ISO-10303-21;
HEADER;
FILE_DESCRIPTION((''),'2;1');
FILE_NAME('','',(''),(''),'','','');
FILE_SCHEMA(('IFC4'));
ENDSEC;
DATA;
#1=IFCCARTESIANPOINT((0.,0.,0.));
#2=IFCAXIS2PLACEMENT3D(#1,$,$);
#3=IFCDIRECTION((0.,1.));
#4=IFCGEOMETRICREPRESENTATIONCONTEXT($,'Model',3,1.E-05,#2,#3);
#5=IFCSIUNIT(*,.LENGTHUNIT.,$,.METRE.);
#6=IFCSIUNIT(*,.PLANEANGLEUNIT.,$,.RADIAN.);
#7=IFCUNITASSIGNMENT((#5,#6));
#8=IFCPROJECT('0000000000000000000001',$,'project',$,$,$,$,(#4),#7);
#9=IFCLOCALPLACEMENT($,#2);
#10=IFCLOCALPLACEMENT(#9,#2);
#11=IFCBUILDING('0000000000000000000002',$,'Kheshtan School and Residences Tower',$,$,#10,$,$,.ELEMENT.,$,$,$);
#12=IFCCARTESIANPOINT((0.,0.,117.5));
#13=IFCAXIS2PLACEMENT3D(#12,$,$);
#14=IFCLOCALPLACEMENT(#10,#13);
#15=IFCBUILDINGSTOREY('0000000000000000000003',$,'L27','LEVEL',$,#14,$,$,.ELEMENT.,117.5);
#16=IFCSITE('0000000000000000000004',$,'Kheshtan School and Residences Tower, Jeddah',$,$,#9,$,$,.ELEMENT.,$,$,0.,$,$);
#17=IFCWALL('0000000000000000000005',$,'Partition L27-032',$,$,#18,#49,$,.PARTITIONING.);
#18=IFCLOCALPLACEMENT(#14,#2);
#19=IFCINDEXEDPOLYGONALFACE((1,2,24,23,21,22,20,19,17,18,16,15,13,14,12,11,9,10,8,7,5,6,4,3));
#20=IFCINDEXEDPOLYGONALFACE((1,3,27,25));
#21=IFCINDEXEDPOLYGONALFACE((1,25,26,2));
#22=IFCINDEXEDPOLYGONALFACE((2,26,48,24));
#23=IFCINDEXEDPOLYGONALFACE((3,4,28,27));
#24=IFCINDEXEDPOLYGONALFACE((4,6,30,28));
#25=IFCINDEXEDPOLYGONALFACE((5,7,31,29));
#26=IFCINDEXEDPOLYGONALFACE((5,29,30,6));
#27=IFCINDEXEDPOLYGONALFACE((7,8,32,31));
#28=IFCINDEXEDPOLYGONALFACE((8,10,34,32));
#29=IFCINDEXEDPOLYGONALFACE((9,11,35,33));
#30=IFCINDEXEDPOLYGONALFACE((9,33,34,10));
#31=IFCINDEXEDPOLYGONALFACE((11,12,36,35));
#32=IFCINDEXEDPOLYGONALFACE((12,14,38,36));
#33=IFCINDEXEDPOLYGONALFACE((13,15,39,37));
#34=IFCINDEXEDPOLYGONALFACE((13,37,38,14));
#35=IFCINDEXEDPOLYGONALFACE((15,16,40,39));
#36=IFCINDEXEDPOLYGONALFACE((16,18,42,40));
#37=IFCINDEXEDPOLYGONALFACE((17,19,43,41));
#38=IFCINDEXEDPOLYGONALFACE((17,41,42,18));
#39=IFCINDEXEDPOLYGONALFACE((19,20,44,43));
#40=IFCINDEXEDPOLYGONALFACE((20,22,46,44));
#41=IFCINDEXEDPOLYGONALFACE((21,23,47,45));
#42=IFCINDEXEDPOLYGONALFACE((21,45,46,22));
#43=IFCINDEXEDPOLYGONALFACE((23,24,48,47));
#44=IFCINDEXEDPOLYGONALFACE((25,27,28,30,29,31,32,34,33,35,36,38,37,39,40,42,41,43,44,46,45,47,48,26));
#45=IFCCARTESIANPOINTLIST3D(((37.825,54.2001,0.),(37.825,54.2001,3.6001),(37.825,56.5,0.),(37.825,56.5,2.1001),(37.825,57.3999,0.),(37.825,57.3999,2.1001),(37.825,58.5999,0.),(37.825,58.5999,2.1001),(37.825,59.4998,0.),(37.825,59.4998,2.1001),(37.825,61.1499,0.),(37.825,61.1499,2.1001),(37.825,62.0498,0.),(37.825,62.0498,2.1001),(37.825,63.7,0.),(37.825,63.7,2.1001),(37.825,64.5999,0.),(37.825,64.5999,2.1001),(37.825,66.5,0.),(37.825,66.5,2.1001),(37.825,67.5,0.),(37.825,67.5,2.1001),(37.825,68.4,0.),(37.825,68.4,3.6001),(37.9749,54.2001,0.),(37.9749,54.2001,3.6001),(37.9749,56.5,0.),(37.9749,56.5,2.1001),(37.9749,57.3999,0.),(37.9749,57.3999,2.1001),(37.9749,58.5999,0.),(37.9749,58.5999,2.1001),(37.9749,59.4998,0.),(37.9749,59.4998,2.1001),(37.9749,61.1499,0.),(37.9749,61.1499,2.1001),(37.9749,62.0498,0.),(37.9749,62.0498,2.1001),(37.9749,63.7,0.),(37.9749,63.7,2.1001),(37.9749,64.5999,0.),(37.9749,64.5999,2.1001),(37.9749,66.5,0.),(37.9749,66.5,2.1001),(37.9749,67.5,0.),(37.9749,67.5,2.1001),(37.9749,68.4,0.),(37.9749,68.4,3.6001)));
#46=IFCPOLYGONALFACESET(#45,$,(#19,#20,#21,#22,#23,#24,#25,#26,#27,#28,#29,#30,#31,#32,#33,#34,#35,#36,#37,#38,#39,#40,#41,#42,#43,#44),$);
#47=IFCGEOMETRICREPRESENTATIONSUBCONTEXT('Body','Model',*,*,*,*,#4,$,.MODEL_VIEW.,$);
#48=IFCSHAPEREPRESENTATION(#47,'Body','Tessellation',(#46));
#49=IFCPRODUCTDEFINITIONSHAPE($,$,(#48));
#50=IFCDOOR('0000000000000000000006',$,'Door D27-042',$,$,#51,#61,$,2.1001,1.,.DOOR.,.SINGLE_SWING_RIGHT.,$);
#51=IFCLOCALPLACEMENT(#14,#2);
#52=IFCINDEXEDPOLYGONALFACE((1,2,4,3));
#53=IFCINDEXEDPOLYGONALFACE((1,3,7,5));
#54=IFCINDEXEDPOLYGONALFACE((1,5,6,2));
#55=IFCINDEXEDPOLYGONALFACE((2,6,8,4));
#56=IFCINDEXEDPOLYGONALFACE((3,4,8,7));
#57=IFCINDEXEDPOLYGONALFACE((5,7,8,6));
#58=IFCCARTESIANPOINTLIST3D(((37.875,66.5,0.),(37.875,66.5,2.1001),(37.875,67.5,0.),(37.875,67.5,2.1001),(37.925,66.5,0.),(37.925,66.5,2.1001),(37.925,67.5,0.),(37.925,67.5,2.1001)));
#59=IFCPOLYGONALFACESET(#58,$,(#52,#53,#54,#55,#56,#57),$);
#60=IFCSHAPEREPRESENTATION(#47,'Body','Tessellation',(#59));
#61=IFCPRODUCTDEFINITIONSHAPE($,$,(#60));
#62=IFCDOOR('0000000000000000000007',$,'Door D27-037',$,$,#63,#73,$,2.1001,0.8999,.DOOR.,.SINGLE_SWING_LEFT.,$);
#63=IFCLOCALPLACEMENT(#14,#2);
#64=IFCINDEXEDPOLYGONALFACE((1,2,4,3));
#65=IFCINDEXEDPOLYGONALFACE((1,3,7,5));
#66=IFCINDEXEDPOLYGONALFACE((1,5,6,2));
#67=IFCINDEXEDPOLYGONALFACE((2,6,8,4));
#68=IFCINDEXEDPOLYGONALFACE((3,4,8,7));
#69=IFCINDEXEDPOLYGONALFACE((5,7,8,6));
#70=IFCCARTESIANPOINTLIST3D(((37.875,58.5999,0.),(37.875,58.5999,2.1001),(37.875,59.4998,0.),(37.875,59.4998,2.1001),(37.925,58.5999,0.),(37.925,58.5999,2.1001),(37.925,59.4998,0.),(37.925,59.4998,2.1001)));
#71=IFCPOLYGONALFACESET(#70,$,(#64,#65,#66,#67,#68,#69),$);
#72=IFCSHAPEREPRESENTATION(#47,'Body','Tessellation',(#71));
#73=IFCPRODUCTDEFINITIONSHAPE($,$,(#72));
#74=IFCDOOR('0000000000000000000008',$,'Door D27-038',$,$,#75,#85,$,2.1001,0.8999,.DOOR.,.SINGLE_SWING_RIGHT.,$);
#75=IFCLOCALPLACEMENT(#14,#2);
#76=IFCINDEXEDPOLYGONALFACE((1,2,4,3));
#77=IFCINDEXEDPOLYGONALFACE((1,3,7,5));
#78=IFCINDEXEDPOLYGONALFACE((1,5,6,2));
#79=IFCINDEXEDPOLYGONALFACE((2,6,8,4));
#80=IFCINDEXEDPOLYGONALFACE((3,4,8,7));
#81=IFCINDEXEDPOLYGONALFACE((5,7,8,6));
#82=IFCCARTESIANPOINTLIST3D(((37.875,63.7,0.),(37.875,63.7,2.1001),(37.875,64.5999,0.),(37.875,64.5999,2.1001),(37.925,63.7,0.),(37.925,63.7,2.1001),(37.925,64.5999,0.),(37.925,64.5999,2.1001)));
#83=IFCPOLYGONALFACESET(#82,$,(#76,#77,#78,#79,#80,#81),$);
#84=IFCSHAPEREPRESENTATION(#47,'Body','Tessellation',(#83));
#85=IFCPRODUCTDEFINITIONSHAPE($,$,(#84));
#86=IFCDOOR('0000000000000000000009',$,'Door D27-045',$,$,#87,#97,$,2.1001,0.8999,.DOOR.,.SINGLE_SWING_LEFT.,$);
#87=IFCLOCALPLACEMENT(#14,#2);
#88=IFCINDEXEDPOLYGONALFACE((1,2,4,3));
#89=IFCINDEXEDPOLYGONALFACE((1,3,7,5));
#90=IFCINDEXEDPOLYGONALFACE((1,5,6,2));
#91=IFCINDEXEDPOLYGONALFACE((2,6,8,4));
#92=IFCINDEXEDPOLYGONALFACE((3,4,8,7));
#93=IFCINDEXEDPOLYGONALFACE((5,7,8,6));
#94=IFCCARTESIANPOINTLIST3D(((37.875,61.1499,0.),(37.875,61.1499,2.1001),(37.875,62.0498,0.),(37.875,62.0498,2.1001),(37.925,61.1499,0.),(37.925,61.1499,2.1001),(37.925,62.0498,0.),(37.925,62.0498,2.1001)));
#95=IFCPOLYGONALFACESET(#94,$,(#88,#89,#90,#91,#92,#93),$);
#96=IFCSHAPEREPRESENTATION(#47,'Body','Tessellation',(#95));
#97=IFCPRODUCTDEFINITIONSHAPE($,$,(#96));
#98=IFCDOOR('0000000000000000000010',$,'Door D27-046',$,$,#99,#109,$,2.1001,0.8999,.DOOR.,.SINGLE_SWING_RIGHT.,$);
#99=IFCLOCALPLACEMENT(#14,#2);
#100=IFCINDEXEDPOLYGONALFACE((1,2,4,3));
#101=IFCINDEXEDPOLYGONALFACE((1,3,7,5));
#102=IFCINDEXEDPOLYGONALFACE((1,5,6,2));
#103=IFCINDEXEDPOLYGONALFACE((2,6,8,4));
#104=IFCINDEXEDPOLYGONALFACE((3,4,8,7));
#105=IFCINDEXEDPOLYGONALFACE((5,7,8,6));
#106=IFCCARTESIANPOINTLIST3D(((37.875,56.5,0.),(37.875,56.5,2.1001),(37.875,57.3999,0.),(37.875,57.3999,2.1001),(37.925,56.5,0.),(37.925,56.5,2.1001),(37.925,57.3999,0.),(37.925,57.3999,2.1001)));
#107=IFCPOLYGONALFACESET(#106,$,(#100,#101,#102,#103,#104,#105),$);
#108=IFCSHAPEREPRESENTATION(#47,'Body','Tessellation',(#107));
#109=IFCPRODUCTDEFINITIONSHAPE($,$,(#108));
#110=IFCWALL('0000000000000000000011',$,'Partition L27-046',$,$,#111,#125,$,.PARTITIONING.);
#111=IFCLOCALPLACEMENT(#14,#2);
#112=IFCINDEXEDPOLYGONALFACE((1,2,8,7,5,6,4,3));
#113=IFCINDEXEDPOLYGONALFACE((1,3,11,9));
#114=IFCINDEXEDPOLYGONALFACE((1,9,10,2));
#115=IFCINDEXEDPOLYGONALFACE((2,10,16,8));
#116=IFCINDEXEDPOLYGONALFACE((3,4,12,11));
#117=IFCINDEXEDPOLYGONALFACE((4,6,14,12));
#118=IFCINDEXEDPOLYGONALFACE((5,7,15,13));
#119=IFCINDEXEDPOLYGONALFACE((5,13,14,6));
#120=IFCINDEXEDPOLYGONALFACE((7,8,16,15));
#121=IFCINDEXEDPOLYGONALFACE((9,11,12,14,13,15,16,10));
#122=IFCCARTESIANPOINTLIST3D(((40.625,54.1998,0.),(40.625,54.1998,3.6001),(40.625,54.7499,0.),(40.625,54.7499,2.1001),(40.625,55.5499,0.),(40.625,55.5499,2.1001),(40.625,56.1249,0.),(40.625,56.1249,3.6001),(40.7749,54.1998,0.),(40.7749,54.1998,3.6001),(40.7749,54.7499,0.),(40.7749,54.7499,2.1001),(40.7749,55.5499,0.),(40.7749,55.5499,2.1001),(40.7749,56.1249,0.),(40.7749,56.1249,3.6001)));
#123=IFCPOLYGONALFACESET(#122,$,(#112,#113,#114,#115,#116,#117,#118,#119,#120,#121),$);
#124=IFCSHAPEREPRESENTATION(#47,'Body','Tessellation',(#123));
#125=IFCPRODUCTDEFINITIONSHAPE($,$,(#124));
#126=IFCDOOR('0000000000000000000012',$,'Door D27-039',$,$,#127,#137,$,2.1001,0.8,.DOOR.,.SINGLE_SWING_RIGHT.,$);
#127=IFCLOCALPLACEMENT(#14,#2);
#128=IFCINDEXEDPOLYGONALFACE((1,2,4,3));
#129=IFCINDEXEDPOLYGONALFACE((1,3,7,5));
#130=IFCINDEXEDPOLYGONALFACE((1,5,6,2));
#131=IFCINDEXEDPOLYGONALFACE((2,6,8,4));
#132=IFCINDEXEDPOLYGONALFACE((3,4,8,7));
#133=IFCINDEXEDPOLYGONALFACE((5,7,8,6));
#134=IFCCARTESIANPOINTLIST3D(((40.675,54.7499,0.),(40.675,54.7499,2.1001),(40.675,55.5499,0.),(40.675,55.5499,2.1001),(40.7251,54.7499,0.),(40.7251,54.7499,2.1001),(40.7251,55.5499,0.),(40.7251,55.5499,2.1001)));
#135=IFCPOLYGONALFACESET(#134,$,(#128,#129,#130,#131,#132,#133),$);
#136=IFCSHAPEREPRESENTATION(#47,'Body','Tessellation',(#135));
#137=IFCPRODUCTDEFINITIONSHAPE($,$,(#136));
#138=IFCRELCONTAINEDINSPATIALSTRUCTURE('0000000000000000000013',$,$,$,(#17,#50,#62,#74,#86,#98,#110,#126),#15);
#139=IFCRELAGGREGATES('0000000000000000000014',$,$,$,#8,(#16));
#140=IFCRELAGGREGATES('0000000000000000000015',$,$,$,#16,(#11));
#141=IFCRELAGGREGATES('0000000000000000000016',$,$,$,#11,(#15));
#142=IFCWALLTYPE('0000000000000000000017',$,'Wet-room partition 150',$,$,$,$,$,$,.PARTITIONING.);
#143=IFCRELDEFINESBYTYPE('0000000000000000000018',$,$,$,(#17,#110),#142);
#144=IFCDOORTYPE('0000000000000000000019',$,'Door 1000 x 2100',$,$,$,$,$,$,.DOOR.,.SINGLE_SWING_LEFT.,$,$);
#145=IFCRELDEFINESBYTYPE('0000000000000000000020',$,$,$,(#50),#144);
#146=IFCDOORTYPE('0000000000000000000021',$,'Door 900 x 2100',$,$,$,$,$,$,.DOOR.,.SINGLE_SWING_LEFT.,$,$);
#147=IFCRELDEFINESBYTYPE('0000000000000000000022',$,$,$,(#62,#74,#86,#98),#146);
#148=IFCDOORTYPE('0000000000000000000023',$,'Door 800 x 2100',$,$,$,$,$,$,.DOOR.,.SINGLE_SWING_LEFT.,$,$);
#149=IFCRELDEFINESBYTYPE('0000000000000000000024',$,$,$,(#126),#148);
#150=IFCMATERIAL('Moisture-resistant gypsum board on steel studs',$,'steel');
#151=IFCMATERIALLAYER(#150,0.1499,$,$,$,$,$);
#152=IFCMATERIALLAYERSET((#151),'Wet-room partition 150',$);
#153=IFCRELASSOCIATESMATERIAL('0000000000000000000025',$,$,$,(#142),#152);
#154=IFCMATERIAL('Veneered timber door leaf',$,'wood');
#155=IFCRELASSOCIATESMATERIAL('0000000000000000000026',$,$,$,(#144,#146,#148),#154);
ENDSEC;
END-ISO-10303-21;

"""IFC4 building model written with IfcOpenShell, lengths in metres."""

from ifc_helpers import new_model, si_unit, direction, frame, frame_2d, origin, place, context, subcontext, project, spatial, rectangle, extrude, source, transform, mapped, material, layer, layer_set, type_object, element, fill, save


model = new_model("IFC4")

# Units and contexts
model_context = context("Model", 3, precision=1e-05, world=origin(), true_north=direction((0.0, 1.0)))
body_context = subcontext(model_context, "Body", "Model", "MODEL_VIEW")
ifc_project = project(units=[si_unit("LENGTHUNIT", "METRE"), si_unit("PLANEANGLEUNIT", "RADIAN")], contexts=[model_context])

# Site, building, storey
site_placement = place(None, origin())
site = spatial("IfcSite", under=ifc_project, at=site_placement, Name="Kheshtan School and Residences Tower, Jeddah", CompositionType="ELEMENT", RefElevation=0.0)
building_placement = place(site_placement, origin())
building = spatial("IfcBuilding", under=site, at=building_placement, Name="Kheshtan School and Residences Tower", CompositionType="ELEMENT")
storey_placement = place(building_placement, frame((0.0, 0.0, 117.5)))
storey = spatial("IfcBuildingStorey", under=building, at=storey_placement, Name="L27", Description="LEVEL", CompositionType="ELEMENT", Elevation=117.5)

# Shared definitions
ifc_material_1 = material(Name="Moisture-resistant gypsum board on steel studs", Category="steel")
ifc_layer_1 = layer(ifc_material_1, 0.1499)
ifc_layer_set_1 = layer_set([ifc_layer_1], Name="Wet-room partition 150")
wall_type_1 = type_object("IfcWallType", Name="Wet-room partition 150", PredefinedType="PARTITIONING", material=ifc_layer_set_1)

# Wall, openings, doors
wall_1_placement = place(storey_placement, frame((37.8999, 54.2, 0.0), z_axis=(0.0, 0.0, 1.0), x_axis=(0.0, 1.0, 0.0)))
wall_1 = element("IfcWall", 1, at=wall_1_placement, inside=storey, type_object=wall_type_1, Name="Partition L27-032", PredefinedType="PARTITIONING", context=body_context, shape_type="SweptSolid", body=[
    extrude(rectangle(XDim=14.2, YDim=0.1499, at=frame_2d((7.1001, 0.0))), origin(), (0.0, 0.0, 1.0), 3.6001),
])
opening_1_placement = place(wall_1_placement, frame((4.3999, 0.0, 0.0)))
opening_1 = element("IfcOpeningElement", 2, at=opening_1_placement, cuts=wall_1, PredefinedType="OPENING", context=body_context, shape_type="SweptSolid", body=[
    extrude(rectangle(XDim=0.8999, YDim=2.1001, at=frame_2d((0.45, 1.05))), frame((0.0, 0.085, 0.0), z_axis=(0.0, -1.0, 0.0), x_axis=(1.0, 0.0, 0.0)), (0.0, 0.0, 1.0), 0.1699),
])
opening_2_placement = place(wall_1_placement, frame((9.5, 0.0, 0.0)))
opening_2 = element("IfcOpeningElement", 3, at=opening_2_placement, cuts=wall_1, PredefinedType="OPENING", context=body_context, shape_type="SweptSolid", body=[
    extrude(rectangle(XDim=0.8999, YDim=2.1001, at=frame_2d((0.45, 1.05))), frame((0.0, 0.085, 0.0), z_axis=(0.0, -1.0, 0.0), x_axis=(1.0, 0.0, 0.0)), (0.0, 0.0, 1.0), 0.1699),
])
opening_3_placement = place(wall_1_placement, frame((12.3, 0.0, 0.0)))
opening_3 = element("IfcOpeningElement", 4, at=opening_3_placement, cuts=wall_1, PredefinedType="OPENING", context=body_context, shape_type="SweptSolid", body=[
    extrude(rectangle(XDim=1.0, YDim=2.1001, at=frame_2d((0.5, 1.05))), frame((0.0, 0.085, 0.0), z_axis=(0.0, -1.0, 0.0), x_axis=(1.0, 0.0, 0.0)), (0.0, 0.0, 1.0), 0.1699),
])
opening_4_placement = place(wall_1_placement, frame((6.95, 0.0, 0.0)))
opening_4 = element("IfcOpeningElement", 5, at=opening_4_placement, cuts=wall_1, PredefinedType="OPENING", context=body_context, shape_type="SweptSolid", body=[
    extrude(rectangle(XDim=0.8999, YDim=2.1001, at=frame_2d((0.45, 1.05))), frame((0.0, 0.085, 0.0), z_axis=(0.0, -1.0, 0.0), x_axis=(1.0, 0.0, 0.0)), (0.0, 0.0, 1.0), 0.1699),
])
opening_5_placement = place(wall_1_placement, frame((2.3, 0.0, 0.0)))
opening_5 = element("IfcOpeningElement", 6, at=opening_5_placement, cuts=wall_1, PredefinedType="OPENING", context=body_context, shape_type="SweptSolid", body=[
    extrude(rectangle(XDim=0.8999, YDim=2.1001, at=frame_2d((0.45, 1.05))), frame((0.0, 0.085, 0.0), z_axis=(0.0, -1.0, 0.0), x_axis=(1.0, 0.0, 0.0)), (0.0, 0.0, 1.0), 0.1699),
])
ifc_material_2 = material(Name="Veneered timber door leaf", Category="wood")
door_type_1 = type_object("IfcDoorType", Name="Door 1000 x 2100", OperationType="SINGLE_SWING_LEFT", PredefinedType="DOOR", material=ifc_material_2)
shared_shape_1 = source(origin(), body_context, "Body", "SweptSolid", [
    extrude(rectangle(XDim=1.0, YDim=2.1001, at=frame_2d((0.5, 1.05))), frame((0.0, 0.0249, 0.0), z_axis=(0.0, -1.0, 0.0), x_axis=(1.0, 0.0, 0.0)), (0.0, 0.0, 1.0), 0.05),
])
door_1_placement = place(opening_3_placement, origin())
door_1 = element("IfcDoor", 7, at=door_1_placement, inside=storey, type_object=door_type_1, Name="Door D27-042", OperationType="SINGLE_SWING_RIGHT", OverallHeight=2.1001, OverallWidth=1.0, PredefinedType="DOOR", context=body_context, shape_type="MappedRepresentation", body=[
    mapped(shared_shape_1, transform((0.0, 0.0, 0.0), x_axis=(1.0, 0.0, 0.0), y_axis=(0.0, 1.0, 0.0), z_axis=(0.0, 0.0, 1.0), scale=1.0)),
])
fill(opening_3, door_1)
door_type_2 = type_object("IfcDoorType", Name="Door 900 x 2100", OperationType="SINGLE_SWING_LEFT", PredefinedType="DOOR", material=ifc_material_2)
shared_shape_2 = source(origin(), body_context, "Body", "SweptSolid", [
    extrude(rectangle(XDim=0.8999, YDim=2.1001, at=frame_2d((0.45, 1.05))), frame((0.0, 0.0249, 0.0), z_axis=(0.0, -1.0, 0.0), x_axis=(1.0, 0.0, 0.0)), (0.0, 0.0, 1.0), 0.05),
])
door_2_placement = place(opening_1_placement, origin())
door_2 = element("IfcDoor", 8, at=door_2_placement, inside=storey, type_object=door_type_2, Name="Door D27-037", OperationType="SINGLE_SWING_LEFT", OverallHeight=2.1001, OverallWidth=0.8999, PredefinedType="DOOR", context=body_context, shape_type="MappedRepresentation", body=[
    mapped(shared_shape_2, transform((0.0, 0.0, 0.0), x_axis=(1.0, 0.0, 0.0), y_axis=(0.0, 1.0, 0.0), z_axis=(0.0, 0.0, 1.0), scale=1.0)),
])
fill(opening_1, door_2)
door_3_placement = place(opening_2_placement, origin())
door_3 = element("IfcDoor", 9, at=door_3_placement, inside=storey, type_object=door_type_2, Name="Door D27-038", OperationType="SINGLE_SWING_RIGHT", OverallHeight=2.1001, OverallWidth=0.8999, PredefinedType="DOOR", context=body_context, shape_type="MappedRepresentation", body=[
    mapped(shared_shape_2, transform((0.0, 0.0, 0.0), x_axis=(1.0, 0.0, 0.0), y_axis=(0.0, 1.0, 0.0), z_axis=(0.0, 0.0, 1.0), scale=1.0)),
])
fill(opening_2, door_3)
door_4_placement = place(opening_4_placement, origin())
door_4 = element("IfcDoor", 10, at=door_4_placement, inside=storey, type_object=door_type_2, Name="Door D27-045", OperationType="SINGLE_SWING_LEFT", OverallHeight=2.1001, OverallWidth=0.8999, PredefinedType="DOOR", context=body_context, shape_type="MappedRepresentation", body=[
    mapped(shared_shape_2, transform((0.0, 0.0, 0.0), x_axis=(1.0, 0.0, 0.0), y_axis=(0.0, 1.0, 0.0), z_axis=(0.0, 0.0, 1.0), scale=1.0)),
])
fill(opening_4, door_4)
door_5_placement = place(opening_5_placement, origin())
door_5 = element("IfcDoor", 11, at=door_5_placement, inside=storey, type_object=door_type_2, Name="Door D27-046", OperationType="SINGLE_SWING_RIGHT", OverallHeight=2.1001, OverallWidth=0.8999, PredefinedType="DOOR", context=body_context, shape_type="MappedRepresentation", body=[
    mapped(shared_shape_2, transform((0.0, 0.0, 0.0), x_axis=(1.0, 0.0, 0.0), y_axis=(0.0, 1.0, 0.0), z_axis=(0.0, 0.0, 1.0), scale=1.0)),
])
fill(opening_5, door_5)

# Wall, opening, door
wall_2_placement = place(storey_placement, frame((40.7, 54.2, 0.0), z_axis=(0.0, 0.0, 1.0), x_axis=(0.0, 1.0, 0.0)))
wall_2 = element("IfcWall", 12, at=wall_2_placement, inside=storey, type_object=wall_type_1, Name="Partition L27-046", PredefinedType="PARTITIONING", context=body_context, shape_type="SweptSolid", body=[
    extrude(rectangle(XDim=1.925, YDim=0.1499, at=frame_2d((0.9624, 0.0))), origin(), (0.0, 0.0, 1.0), 3.6001),
])
opening_6_placement = place(wall_2_placement, frame((0.55, 0.0, 0.0)))
opening_6 = element("IfcOpeningElement", 13, at=opening_6_placement, cuts=wall_2, PredefinedType="OPENING", context=body_context, shape_type="SweptSolid", body=[
    extrude(rectangle(XDim=0.8, YDim=2.1001, at=frame_2d((0.3999, 1.05))), frame((0.0, 0.085, 0.0), z_axis=(0.0, -1.0, 0.0), x_axis=(1.0, 0.0, 0.0)), (0.0, 0.0, 1.0), 0.1699),
])
door_type_3 = type_object("IfcDoorType", Name="Door 800 x 2100", OperationType="SINGLE_SWING_LEFT", PredefinedType="DOOR", material=ifc_material_2)
shared_shape_3 = source(origin(), body_context, "Body", "SweptSolid", [
    extrude(rectangle(XDim=0.8, YDim=2.1001, at=frame_2d((0.3999, 1.05))), frame((0.0, 0.0249, 0.0), z_axis=(0.0, -1.0, 0.0), x_axis=(1.0, 0.0, 0.0)), (0.0, 0.0, 1.0), 0.05),
])
door_6_placement = place(opening_6_placement, origin())
door_6 = element("IfcDoor", 14, at=door_6_placement, inside=storey, type_object=door_type_3, Name="Door D27-039", OperationType="SINGLE_SWING_RIGHT", OverallHeight=2.1001, OverallWidth=0.8, PredefinedType="DOOR", context=body_context, shape_type="MappedRepresentation", body=[
    mapped(shared_shape_3, transform((0.0, 0.0, 0.0), x_axis=(1.0, 0.0, 0.0), y_axis=(0.0, 1.0, 0.0), z_axis=(0.0, 0.0, 1.0), scale=1.0)),
])
fill(opening_6, door_6)

save(model, "model.ifc")
